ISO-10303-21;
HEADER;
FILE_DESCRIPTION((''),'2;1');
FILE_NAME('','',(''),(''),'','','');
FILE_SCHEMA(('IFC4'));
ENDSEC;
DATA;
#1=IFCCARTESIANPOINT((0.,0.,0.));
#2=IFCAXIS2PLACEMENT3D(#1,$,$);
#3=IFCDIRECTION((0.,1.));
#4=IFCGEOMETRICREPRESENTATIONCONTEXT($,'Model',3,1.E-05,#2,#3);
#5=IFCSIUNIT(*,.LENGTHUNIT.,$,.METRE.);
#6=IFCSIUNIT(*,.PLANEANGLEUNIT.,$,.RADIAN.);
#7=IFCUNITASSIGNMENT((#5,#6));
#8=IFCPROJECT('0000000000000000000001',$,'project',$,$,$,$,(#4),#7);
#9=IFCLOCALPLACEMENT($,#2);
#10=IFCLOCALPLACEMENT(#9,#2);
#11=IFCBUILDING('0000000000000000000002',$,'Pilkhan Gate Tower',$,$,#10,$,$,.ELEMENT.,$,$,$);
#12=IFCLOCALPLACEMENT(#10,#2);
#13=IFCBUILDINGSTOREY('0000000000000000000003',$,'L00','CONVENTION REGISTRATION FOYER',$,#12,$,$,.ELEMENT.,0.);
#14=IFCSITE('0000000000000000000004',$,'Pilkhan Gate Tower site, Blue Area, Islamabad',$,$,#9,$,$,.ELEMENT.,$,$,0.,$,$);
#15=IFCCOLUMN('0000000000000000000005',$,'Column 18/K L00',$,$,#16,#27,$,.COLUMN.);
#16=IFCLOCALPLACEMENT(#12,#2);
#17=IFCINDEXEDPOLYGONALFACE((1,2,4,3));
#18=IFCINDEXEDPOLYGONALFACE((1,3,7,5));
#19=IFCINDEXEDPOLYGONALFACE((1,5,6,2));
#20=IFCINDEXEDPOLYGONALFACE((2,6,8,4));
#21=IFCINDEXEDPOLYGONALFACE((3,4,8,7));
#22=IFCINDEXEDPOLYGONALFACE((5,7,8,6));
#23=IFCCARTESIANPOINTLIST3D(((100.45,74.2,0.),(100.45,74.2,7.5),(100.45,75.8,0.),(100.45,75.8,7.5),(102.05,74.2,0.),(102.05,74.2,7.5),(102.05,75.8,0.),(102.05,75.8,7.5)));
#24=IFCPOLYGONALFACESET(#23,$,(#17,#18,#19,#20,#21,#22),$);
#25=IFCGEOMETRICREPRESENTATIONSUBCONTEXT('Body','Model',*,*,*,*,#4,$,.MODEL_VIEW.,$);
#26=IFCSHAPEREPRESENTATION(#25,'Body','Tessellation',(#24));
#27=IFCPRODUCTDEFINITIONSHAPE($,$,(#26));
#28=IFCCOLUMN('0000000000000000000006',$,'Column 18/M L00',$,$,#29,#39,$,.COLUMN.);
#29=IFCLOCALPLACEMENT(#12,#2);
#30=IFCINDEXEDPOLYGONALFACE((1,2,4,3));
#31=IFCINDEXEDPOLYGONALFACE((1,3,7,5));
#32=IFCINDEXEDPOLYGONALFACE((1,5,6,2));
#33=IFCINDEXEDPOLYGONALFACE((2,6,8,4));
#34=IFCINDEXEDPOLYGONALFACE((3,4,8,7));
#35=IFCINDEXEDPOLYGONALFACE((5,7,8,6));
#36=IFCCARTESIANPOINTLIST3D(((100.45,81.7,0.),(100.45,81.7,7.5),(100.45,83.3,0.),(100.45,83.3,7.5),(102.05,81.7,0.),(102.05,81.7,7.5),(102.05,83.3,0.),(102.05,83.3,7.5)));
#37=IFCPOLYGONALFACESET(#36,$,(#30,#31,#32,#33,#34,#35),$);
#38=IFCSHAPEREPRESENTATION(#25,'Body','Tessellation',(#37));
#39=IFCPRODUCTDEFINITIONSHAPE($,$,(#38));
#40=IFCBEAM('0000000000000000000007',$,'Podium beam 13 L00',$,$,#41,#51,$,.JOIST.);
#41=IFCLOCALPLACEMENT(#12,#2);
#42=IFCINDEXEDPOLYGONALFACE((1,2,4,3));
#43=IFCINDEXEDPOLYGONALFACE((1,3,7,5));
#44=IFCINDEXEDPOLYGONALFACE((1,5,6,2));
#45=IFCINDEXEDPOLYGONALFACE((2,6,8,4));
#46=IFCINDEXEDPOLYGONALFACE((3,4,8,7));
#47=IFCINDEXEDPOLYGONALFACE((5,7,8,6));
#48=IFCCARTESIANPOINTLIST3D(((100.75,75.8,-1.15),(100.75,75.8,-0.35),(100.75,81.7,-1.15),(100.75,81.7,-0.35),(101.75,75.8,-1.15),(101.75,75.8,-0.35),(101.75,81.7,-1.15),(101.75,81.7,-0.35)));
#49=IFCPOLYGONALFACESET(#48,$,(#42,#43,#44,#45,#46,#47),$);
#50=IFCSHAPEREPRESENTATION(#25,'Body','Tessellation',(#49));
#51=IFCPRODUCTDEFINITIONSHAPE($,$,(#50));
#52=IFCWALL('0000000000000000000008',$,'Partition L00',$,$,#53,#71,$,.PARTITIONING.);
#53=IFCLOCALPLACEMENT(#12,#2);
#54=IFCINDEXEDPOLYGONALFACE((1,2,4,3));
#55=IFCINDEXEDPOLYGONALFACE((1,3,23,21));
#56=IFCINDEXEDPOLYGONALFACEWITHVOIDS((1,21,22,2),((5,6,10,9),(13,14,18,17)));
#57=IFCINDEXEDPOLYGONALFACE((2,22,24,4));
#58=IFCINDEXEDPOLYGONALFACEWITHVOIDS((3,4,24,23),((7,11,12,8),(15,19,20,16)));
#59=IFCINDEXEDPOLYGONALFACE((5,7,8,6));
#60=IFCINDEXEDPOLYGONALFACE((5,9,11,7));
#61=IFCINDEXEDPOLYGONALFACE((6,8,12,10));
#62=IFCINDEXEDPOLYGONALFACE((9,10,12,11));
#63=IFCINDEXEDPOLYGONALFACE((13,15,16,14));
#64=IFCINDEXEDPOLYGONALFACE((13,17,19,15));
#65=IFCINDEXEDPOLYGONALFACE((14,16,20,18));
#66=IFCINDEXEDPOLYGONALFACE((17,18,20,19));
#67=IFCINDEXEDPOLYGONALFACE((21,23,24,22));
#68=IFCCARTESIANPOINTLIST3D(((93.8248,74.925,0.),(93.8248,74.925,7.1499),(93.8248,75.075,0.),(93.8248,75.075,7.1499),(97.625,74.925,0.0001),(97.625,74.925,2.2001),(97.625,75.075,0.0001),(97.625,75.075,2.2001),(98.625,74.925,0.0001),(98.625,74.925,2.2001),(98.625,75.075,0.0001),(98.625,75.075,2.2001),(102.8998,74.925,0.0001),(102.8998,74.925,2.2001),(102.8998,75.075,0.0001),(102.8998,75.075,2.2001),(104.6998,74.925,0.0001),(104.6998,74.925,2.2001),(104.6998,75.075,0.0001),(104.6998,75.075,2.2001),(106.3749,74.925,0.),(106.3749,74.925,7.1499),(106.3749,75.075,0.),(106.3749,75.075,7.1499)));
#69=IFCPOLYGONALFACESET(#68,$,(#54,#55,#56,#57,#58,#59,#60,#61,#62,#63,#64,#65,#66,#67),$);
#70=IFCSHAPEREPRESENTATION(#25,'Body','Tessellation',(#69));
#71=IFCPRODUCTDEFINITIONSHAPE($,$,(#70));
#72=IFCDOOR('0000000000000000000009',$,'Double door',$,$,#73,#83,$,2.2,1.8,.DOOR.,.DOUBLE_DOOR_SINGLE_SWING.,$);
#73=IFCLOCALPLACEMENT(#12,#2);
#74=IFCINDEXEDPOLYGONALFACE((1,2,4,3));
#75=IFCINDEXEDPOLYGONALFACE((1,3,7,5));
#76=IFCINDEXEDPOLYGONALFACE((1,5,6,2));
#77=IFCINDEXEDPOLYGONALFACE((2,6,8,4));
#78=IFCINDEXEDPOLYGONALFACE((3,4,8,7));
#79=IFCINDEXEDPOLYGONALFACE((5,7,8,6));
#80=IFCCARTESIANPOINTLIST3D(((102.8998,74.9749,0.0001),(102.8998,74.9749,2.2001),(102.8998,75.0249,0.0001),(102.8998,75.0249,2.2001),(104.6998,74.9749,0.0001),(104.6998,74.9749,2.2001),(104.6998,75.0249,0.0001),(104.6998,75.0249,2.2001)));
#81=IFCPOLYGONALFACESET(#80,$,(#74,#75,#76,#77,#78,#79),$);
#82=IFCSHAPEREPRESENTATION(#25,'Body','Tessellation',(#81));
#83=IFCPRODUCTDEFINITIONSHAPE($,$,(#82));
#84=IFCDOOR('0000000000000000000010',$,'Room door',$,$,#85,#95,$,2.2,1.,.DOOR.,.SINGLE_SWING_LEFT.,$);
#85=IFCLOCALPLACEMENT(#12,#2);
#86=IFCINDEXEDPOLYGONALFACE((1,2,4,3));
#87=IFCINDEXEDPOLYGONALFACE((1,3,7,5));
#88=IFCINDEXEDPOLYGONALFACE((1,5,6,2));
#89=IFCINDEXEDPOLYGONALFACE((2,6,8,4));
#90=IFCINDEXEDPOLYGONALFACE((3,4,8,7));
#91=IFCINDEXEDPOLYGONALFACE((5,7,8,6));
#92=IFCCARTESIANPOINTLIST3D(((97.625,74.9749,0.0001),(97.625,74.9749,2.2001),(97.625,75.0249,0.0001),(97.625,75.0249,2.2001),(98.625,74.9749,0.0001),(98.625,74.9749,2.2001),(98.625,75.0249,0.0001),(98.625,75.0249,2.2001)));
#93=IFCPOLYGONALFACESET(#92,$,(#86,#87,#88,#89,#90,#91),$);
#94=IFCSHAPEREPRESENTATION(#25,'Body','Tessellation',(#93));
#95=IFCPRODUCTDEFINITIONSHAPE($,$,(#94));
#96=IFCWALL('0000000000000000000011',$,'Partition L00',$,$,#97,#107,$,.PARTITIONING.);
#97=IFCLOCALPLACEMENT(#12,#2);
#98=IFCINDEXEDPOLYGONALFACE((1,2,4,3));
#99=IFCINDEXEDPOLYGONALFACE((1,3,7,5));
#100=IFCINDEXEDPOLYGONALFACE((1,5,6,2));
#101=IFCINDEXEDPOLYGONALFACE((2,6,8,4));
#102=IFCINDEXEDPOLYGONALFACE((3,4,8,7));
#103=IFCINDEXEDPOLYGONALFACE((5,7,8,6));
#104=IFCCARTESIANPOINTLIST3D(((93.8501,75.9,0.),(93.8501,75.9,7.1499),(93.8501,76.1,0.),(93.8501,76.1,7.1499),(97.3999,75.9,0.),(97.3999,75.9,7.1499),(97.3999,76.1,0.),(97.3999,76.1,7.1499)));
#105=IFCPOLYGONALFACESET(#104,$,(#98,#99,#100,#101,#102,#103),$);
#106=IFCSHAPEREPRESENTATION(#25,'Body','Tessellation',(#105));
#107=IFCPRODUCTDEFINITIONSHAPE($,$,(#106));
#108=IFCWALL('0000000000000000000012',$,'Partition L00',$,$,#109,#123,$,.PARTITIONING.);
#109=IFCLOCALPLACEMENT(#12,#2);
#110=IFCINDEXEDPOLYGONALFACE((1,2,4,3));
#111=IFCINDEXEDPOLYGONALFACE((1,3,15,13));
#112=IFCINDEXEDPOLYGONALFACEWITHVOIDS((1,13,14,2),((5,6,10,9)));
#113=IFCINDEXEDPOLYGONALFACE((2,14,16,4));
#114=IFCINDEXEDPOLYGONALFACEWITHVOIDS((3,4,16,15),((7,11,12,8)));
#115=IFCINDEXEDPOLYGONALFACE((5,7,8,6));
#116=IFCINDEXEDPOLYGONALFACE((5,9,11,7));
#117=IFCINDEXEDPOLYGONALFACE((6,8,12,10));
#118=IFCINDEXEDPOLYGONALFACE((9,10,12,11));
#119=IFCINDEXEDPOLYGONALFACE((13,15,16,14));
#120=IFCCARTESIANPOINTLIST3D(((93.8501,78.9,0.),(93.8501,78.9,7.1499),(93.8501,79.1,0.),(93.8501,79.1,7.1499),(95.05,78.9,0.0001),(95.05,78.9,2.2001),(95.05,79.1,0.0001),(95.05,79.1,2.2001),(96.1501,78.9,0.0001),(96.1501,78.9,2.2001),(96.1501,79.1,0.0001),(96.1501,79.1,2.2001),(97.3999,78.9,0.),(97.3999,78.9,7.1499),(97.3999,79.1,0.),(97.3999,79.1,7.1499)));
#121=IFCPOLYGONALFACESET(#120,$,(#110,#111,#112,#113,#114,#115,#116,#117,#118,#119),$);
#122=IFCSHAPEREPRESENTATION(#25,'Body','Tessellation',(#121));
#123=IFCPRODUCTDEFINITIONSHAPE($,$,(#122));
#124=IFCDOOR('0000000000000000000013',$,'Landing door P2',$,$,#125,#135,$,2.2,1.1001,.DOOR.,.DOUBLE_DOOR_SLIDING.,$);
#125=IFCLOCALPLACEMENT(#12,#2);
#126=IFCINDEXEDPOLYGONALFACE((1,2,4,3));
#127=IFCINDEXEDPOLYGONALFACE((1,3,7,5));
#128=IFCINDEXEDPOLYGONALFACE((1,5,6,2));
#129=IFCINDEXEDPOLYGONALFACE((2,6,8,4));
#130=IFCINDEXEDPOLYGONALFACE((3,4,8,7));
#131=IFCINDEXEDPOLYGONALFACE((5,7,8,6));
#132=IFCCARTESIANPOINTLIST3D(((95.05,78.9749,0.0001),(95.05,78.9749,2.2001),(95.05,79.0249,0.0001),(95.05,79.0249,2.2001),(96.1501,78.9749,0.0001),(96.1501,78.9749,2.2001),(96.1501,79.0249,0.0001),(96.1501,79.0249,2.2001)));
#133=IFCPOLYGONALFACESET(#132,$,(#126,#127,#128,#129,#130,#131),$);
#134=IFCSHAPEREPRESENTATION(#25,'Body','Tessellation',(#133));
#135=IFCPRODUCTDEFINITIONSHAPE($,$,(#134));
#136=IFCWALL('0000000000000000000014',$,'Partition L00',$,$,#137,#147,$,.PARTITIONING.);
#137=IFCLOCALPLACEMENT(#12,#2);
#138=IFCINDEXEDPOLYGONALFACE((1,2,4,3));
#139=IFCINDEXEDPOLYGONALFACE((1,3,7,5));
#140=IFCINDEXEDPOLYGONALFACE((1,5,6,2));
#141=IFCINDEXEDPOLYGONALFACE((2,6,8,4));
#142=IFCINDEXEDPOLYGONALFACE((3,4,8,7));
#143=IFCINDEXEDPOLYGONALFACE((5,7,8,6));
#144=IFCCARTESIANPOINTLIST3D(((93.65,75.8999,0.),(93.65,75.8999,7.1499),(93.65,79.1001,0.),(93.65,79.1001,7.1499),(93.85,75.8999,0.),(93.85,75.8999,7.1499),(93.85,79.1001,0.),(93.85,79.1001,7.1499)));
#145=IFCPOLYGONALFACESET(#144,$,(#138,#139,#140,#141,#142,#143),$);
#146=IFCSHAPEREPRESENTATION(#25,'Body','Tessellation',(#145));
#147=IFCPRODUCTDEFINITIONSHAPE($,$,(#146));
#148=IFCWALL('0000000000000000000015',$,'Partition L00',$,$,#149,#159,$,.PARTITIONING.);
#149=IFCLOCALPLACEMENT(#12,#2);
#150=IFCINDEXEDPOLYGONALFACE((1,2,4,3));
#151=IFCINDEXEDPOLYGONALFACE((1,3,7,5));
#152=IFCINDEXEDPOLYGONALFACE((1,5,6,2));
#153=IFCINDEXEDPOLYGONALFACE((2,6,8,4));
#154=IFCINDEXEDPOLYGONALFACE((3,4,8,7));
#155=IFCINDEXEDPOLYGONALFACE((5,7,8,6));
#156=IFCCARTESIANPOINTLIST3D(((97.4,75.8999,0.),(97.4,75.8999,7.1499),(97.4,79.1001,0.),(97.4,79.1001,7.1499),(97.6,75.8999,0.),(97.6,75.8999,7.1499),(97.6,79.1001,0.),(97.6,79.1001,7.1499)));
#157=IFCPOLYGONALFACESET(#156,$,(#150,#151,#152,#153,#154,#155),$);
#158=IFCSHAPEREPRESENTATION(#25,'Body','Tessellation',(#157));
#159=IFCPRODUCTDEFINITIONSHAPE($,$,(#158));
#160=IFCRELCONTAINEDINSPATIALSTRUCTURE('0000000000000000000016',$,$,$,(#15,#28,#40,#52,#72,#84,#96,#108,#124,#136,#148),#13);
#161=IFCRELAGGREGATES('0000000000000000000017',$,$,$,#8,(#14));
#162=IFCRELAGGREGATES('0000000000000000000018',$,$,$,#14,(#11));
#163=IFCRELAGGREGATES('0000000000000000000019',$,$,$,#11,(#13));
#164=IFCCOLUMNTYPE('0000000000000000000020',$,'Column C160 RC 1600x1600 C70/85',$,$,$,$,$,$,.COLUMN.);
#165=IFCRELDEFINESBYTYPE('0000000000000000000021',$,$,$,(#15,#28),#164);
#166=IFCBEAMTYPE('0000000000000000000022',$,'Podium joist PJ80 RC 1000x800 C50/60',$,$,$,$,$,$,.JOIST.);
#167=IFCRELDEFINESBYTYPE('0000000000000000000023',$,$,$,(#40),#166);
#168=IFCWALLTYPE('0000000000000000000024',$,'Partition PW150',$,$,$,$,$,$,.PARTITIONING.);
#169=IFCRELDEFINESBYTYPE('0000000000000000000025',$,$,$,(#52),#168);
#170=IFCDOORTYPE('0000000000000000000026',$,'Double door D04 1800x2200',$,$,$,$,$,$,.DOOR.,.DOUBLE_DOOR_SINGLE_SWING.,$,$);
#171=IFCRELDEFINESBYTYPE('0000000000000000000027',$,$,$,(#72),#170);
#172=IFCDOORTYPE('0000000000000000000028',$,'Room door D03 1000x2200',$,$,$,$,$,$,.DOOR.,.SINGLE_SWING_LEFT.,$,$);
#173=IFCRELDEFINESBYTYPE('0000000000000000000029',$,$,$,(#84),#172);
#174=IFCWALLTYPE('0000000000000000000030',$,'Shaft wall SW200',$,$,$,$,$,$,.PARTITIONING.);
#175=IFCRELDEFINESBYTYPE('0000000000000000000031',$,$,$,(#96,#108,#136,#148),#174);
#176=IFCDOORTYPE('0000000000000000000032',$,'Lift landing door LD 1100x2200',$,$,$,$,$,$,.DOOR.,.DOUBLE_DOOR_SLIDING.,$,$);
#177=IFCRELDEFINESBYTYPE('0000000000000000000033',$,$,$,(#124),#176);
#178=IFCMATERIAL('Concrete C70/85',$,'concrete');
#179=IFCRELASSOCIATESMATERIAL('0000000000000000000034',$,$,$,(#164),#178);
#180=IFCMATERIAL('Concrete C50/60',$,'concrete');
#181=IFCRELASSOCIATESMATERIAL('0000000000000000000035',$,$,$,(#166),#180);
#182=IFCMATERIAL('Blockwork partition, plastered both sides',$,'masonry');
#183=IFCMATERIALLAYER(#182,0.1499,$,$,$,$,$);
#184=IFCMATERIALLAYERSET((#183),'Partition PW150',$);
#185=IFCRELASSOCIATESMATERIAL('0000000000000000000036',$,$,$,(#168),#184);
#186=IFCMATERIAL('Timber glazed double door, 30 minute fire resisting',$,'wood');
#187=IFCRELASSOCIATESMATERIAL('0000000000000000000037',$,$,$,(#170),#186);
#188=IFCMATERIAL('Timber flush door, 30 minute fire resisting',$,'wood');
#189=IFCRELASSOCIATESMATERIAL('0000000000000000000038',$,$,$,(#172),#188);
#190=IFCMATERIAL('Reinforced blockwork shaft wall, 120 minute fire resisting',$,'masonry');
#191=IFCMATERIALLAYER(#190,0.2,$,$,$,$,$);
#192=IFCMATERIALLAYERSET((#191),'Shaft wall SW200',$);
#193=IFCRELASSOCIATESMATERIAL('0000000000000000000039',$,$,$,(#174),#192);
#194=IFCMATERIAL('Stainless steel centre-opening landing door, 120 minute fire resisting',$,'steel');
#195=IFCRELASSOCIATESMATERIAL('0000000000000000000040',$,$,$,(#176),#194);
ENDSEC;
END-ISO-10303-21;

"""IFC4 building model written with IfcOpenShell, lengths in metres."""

from ifc_helpers import new_model, si_unit, direction, frame, frame_2d, origin, origin_2d, place, context, subcontext, project, spatial, rectangle, extrude, material, layer, layer_set, material_profile, profile_set, type_object, element, fill, save


model = new_model("IFC4")

# Units and contexts
model_context = context("Model", 3, precision=1e-05, world=origin(), true_north=direction((0.0, 1.0)))
body_context = subcontext(model_context, "Body", "Model", "MODEL_VIEW")
ifc_project = project(units=[si_unit("LENGTHUNIT", "METRE"), si_unit("PLANEANGLEUNIT", "RADIAN")], contexts=[model_context])

# Site, building, storey
site_placement = place(None, origin())
site = spatial("IfcSite", under=ifc_project, at=site_placement, Name="Pilkhan Gate Tower site, Blue Area, Islamabad", CompositionType="ELEMENT", RefElevation=0.0)
building_placement = place(site_placement, origin())
building = spatial("IfcBuilding", under=site, at=building_placement, Name="Pilkhan Gate Tower", CompositionType="ELEMENT")
storey_placement = place(building_placement, origin())
storey = spatial("IfcBuildingStorey", under=building, at=storey_placement, Name="L00", Description="CONVENTION REGISTRATION FOYER", CompositionType="ELEMENT", Elevation=0.0)

# Columns
ifc_material_1 = material(Name="Concrete C70/85", Category="concrete")
ifc_material_profile_1 = material_profile(ifc_material_1, rectangle(XDim=1.6001, YDim=1.6001, at=origin_2d()), Name="RC 1600x1600")
ifc_profile_set_1 = profile_set([ifc_material_profile_1], Name="Concrete C70/85")
column_type = type_object("IfcColumnType", Name="Column C160 RC 1600x1600 C70/85", PredefinedType="COLUMN", material=ifc_profile_set_1)
for number, where, z_axis, x_axis, name in (
    (1, (101.25, 75.0, 0.0), (0.0, 0.0, 1.0), (1.0, 0.0, 0.0), "Column 18/K L00"),
    (2, (101.25, 82.5, 0.0), (0.0, 0.0, 1.0), (1.0, 0.0, 0.0), "Column 18/M L00"),
):
    element("IfcColumn", number, at=place(storey_placement, frame(where, z_axis=z_axis, x_axis=x_axis)), inside=storey, type_object=column_type, Name=name, PredefinedType="COLUMN", context=body_context, shape_type="SweptSolid", body=[
        extrude(rectangle(XDim=1.6001, YDim=1.6001, at=origin_2d()), origin(), (0.0, 0.0, 1.0), 7.5),
    ])

# Beam
ifc_material_2 = material(Name="Concrete C50/60", Category="concrete")
ifc_material_profile_2 = material_profile(ifc_material_2, rectangle(XDim=1.0, YDim=0.8, at=origin_2d()), Name="RC 1000x800")
ifc_profile_set_2 = profile_set([ifc_material_profile_2], Name="Concrete C50/60")
beam_type = type_object("IfcBeamType", Name="Podium joist PJ80 RC 1000x800 C50/60", PredefinedType="JOIST", material=ifc_profile_set_2)
beam_placement = place(storey_placement, frame((101.25, 75.8, -0.75), z_axis=(0.0, 1.0, 0.0), x_axis=(-1.0, 0.0, 0.0)))
element("IfcBeam", 3, at=beam_placement, inside=storey, type_object=beam_type, Name="Podium beam 13 L00", PredefinedType="JOIST", context=body_context, shape_type="SweptSolid", body=[
    extrude(rectangle(XDim=1.0, YDim=0.8, at=origin_2d()), origin(), (0.0, 0.0, 1.0), 5.8999),
])

# Wall, openings, doors
ifc_material_3 = material(Name="Blockwork partition, plastered both sides", Category="masonry")
ifc_layer_1 = layer(ifc_material_3, 0.1499)
ifc_layer_set_1 = layer_set([ifc_layer_1], Name="Partition PW150")
wall_type_1 = type_object("IfcWallType", Name="Partition PW150", PredefinedType="PARTITIONING", material=ifc_layer_set_1)
wall_1_placement = place(storey_placement, frame((93.825, 75.0, 0.0), z_axis=(0.0, 0.0, 1.0), x_axis=(1.0, 0.0, 0.0)))
wall_1 = element("IfcWall", 4, at=wall_1_placement, inside=storey, type_object=wall_type_1, Name="Partition L00", PredefinedType="PARTITIONING", context=body_context, shape_type="SweptSolid", body=[
    extrude(rectangle(XDim=12.55, YDim=0.1499, at=frame_2d((6.2749, 0.0))), origin(), (0.0, 0.0, 1.0), 7.1499),
])
opening_1_placement = place(wall_1_placement, frame((3.8, 0.0, 0.0)))
opening_1 = element("IfcOpeningElement", 5, at=opening_1_placement, cuts=wall_1, PredefinedType="OPENING", context=body_context, shape_type="SweptSolid", body=[
    extrude(rectangle(XDim=1.0, YDim=2.2, at=frame_2d((0.5, 1.1001))), frame((0.0, 0.085, 0.0), z_axis=(0.0, -1.0, 0.0), x_axis=(1.0, 0.0, 0.0)), (0.0, 0.0, 1.0), 0.1699),
])
opening_2_placement = place(wall_1_placement, frame((9.075, 0.0, 0.0)))
opening_2 = element("IfcOpeningElement", 6, at=opening_2_placement, cuts=wall_1, PredefinedType="OPENING", context=body_context, shape_type="SweptSolid", body=[
    extrude(rectangle(XDim=1.8, YDim=2.2, at=frame_2d((0.8999, 1.1001))), frame((0.0, 0.085, 0.0), z_axis=(0.0, -1.0, 0.0), x_axis=(1.0, 0.0, 0.0)), (0.0, 0.0, 1.0), 0.1699),
])
ifc_material_4 = material(Name="Timber glazed double door, 30 minute fire resisting", Category="wood")
door_type_1 = type_object("IfcDoorType", Name="Double door D04 1800x2200", OperationType="DOUBLE_DOOR_SINGLE_SWING", PredefinedType="DOOR", material=ifc_material_4)
door_1_placement = place(opening_2_placement, origin())
door_1 = element("IfcDoor", 7, at=door_1_placement, inside=storey, type_object=door_type_1, Name="Double door", OperationType="DOUBLE_DOOR_SINGLE_SWING", OverallHeight=2.2, OverallWidth=1.8, PredefinedType="DOOR", context=body_context, shape_type="SweptSolid", body=[
    extrude(rectangle(XDim=1.8, YDim=2.2, at=frame_2d((0.8999, 1.1001))), frame((0.0, 0.0249, 0.0), z_axis=(0.0, -1.0, 0.0), x_axis=(1.0, 0.0, 0.0)), (0.0, 0.0, 1.0), 0.05),
])
fill(opening_2, door_1)
ifc_material_5 = material(Name="Timber flush door, 30 minute fire resisting", Category="wood")
door_type_2 = type_object("IfcDoorType", Name="Room door D03 1000x2200", OperationType="SINGLE_SWING_LEFT", PredefinedType="DOOR", material=ifc_material_5)
door_2_placement = place(opening_1_placement, origin())
door_2 = element("IfcDoor", 8, at=door_2_placement, inside=storey, type_object=door_type_2, Name="Room door", OperationType="SINGLE_SWING_LEFT", OverallHeight=2.2, OverallWidth=1.0, PredefinedType="DOOR", context=body_context, shape_type="SweptSolid", body=[
    extrude(rectangle(XDim=1.0, YDim=2.2, at=frame_2d((0.5, 1.1001))), frame((0.0, 0.0249, 0.0), z_axis=(0.0, -1.0, 0.0), x_axis=(1.0, 0.0, 0.0)), (0.0, 0.0, 1.0), 0.05),
])
fill(opening_1, door_2)

# Wall
ifc_material_6 = material(Name="Reinforced blockwork shaft wall, 120 minute fire resisting", Category="masonry")
ifc_layer_2 = layer(ifc_material_6, 0.2)
ifc_layer_set_2 = layer_set([ifc_layer_2], Name="Shaft wall SW200")
wall_type_2 = type_object("IfcWallType", Name="Shaft wall SW200", PredefinedType="PARTITIONING", material=ifc_layer_set_2)
wall_2_placement = place(storey_placement, frame((93.8501, 76.0, 0.0), z_axis=(0.0, 0.0, 1.0), x_axis=(1.0, 0.0, 0.0)))
element("IfcWall", 9, at=wall_2_placement, inside=storey, type_object=wall_type_2, Name="Partition L00", PredefinedType="PARTITIONING", context=body_context, shape_type="SweptSolid", body=[
    extrude(rectangle(XDim=3.5498, YDim=0.2, at=frame_2d((1.7749, 0.0))), origin(), (0.0, 0.0, 1.0), 7.1499),
])

# Wall, opening, door
wall_3_placement = place(storey_placement, frame((93.8501, 79.0, 0.0), z_axis=(0.0, 0.0, 1.0), x_axis=(1.0, 0.0, 0.0)))
wall_3 = element("IfcWall", 10, at=wall_3_placement, inside=storey, type_object=wall_type_2, Name="Partition L00", PredefinedType="PARTITIONING", context=body_context, shape_type="SweptSolid", body=[
    extrude(rectangle(XDim=3.5498, YDim=0.2, at=frame_2d((1.7749, 0.0))), origin(), (0.0, 0.0, 1.0), 7.1499),
])
opening_3_placement = place(wall_3_placement, frame((1.2, 0.0, 0.0)))
opening_3 = element("IfcOpeningElement", 11, at=opening_3_placement, cuts=wall_3, PredefinedType="OPENING", context=body_context, shape_type="SweptSolid", body=[
    extrude(rectangle(XDim=1.1001, YDim=2.2, at=frame_2d((0.55, 1.1001))), frame((0.0, 0.1099, 0.0), z_axis=(0.0, -1.0, 0.0), x_axis=(1.0, 0.0, 0.0)), (0.0, 0.0, 1.0), 0.22),
])
ifc_material_7 = material(Name="Stainless steel centre-opening landing door, 120 minute fire resisting", Category="steel")
door_type_3 = type_object("IfcDoorType", Name="Lift landing door LD 1100x2200", OperationType="DOUBLE_DOOR_SLIDING", PredefinedType="DOOR", material=ifc_material_7)
door_3_placement = place(opening_3_placement, origin())
door_3 = element("IfcDoor", 12, at=door_3_placement, inside=storey, type_object=door_type_3, Name="Landing door P2", OperationType="DOUBLE_DOOR_SLIDING", OverallHeight=2.2, OverallWidth=1.1001, PredefinedType="DOOR", context=body_context, shape_type="SweptSolid", body=[
    extrude(rectangle(XDim=1.1001, YDim=2.2, at=frame_2d((0.55, 1.1001))), frame((0.0, 0.0249, 0.0), z_axis=(0.0, -1.0, 0.0), x_axis=(1.0, 0.0, 0.0)), (0.0, 0.0, 1.0), 0.05),
])
fill(opening_3, door_3)

# Walls
for number, where, z_axis, x_axis, name in (
    (13, (93.75, 75.8999, 0.0), (0.0, 0.0, 1.0), (0.0, 1.0, 0.0), "Partition L00"),
    (14, (97.5, 75.8999, 0.0), (0.0, 0.0, 1.0), (0.0, 1.0, 0.0), "Partition L00"),
):
    element("IfcWall", number, at=place(storey_placement, frame(where, z_axis=z_axis, x_axis=x_axis)), inside=storey, type_object=wall_type_2, Name=name, PredefinedType="PARTITIONING", context=body_context, shape_type="SweptSolid", body=[
        extrude(rectangle(XDim=3.2002, YDim=0.2, at=frame_2d((1.6001, 0.0))), origin(), (0.0, 0.0, 1.0), 7.1499),
    ])

save(model, "model.ifc")
